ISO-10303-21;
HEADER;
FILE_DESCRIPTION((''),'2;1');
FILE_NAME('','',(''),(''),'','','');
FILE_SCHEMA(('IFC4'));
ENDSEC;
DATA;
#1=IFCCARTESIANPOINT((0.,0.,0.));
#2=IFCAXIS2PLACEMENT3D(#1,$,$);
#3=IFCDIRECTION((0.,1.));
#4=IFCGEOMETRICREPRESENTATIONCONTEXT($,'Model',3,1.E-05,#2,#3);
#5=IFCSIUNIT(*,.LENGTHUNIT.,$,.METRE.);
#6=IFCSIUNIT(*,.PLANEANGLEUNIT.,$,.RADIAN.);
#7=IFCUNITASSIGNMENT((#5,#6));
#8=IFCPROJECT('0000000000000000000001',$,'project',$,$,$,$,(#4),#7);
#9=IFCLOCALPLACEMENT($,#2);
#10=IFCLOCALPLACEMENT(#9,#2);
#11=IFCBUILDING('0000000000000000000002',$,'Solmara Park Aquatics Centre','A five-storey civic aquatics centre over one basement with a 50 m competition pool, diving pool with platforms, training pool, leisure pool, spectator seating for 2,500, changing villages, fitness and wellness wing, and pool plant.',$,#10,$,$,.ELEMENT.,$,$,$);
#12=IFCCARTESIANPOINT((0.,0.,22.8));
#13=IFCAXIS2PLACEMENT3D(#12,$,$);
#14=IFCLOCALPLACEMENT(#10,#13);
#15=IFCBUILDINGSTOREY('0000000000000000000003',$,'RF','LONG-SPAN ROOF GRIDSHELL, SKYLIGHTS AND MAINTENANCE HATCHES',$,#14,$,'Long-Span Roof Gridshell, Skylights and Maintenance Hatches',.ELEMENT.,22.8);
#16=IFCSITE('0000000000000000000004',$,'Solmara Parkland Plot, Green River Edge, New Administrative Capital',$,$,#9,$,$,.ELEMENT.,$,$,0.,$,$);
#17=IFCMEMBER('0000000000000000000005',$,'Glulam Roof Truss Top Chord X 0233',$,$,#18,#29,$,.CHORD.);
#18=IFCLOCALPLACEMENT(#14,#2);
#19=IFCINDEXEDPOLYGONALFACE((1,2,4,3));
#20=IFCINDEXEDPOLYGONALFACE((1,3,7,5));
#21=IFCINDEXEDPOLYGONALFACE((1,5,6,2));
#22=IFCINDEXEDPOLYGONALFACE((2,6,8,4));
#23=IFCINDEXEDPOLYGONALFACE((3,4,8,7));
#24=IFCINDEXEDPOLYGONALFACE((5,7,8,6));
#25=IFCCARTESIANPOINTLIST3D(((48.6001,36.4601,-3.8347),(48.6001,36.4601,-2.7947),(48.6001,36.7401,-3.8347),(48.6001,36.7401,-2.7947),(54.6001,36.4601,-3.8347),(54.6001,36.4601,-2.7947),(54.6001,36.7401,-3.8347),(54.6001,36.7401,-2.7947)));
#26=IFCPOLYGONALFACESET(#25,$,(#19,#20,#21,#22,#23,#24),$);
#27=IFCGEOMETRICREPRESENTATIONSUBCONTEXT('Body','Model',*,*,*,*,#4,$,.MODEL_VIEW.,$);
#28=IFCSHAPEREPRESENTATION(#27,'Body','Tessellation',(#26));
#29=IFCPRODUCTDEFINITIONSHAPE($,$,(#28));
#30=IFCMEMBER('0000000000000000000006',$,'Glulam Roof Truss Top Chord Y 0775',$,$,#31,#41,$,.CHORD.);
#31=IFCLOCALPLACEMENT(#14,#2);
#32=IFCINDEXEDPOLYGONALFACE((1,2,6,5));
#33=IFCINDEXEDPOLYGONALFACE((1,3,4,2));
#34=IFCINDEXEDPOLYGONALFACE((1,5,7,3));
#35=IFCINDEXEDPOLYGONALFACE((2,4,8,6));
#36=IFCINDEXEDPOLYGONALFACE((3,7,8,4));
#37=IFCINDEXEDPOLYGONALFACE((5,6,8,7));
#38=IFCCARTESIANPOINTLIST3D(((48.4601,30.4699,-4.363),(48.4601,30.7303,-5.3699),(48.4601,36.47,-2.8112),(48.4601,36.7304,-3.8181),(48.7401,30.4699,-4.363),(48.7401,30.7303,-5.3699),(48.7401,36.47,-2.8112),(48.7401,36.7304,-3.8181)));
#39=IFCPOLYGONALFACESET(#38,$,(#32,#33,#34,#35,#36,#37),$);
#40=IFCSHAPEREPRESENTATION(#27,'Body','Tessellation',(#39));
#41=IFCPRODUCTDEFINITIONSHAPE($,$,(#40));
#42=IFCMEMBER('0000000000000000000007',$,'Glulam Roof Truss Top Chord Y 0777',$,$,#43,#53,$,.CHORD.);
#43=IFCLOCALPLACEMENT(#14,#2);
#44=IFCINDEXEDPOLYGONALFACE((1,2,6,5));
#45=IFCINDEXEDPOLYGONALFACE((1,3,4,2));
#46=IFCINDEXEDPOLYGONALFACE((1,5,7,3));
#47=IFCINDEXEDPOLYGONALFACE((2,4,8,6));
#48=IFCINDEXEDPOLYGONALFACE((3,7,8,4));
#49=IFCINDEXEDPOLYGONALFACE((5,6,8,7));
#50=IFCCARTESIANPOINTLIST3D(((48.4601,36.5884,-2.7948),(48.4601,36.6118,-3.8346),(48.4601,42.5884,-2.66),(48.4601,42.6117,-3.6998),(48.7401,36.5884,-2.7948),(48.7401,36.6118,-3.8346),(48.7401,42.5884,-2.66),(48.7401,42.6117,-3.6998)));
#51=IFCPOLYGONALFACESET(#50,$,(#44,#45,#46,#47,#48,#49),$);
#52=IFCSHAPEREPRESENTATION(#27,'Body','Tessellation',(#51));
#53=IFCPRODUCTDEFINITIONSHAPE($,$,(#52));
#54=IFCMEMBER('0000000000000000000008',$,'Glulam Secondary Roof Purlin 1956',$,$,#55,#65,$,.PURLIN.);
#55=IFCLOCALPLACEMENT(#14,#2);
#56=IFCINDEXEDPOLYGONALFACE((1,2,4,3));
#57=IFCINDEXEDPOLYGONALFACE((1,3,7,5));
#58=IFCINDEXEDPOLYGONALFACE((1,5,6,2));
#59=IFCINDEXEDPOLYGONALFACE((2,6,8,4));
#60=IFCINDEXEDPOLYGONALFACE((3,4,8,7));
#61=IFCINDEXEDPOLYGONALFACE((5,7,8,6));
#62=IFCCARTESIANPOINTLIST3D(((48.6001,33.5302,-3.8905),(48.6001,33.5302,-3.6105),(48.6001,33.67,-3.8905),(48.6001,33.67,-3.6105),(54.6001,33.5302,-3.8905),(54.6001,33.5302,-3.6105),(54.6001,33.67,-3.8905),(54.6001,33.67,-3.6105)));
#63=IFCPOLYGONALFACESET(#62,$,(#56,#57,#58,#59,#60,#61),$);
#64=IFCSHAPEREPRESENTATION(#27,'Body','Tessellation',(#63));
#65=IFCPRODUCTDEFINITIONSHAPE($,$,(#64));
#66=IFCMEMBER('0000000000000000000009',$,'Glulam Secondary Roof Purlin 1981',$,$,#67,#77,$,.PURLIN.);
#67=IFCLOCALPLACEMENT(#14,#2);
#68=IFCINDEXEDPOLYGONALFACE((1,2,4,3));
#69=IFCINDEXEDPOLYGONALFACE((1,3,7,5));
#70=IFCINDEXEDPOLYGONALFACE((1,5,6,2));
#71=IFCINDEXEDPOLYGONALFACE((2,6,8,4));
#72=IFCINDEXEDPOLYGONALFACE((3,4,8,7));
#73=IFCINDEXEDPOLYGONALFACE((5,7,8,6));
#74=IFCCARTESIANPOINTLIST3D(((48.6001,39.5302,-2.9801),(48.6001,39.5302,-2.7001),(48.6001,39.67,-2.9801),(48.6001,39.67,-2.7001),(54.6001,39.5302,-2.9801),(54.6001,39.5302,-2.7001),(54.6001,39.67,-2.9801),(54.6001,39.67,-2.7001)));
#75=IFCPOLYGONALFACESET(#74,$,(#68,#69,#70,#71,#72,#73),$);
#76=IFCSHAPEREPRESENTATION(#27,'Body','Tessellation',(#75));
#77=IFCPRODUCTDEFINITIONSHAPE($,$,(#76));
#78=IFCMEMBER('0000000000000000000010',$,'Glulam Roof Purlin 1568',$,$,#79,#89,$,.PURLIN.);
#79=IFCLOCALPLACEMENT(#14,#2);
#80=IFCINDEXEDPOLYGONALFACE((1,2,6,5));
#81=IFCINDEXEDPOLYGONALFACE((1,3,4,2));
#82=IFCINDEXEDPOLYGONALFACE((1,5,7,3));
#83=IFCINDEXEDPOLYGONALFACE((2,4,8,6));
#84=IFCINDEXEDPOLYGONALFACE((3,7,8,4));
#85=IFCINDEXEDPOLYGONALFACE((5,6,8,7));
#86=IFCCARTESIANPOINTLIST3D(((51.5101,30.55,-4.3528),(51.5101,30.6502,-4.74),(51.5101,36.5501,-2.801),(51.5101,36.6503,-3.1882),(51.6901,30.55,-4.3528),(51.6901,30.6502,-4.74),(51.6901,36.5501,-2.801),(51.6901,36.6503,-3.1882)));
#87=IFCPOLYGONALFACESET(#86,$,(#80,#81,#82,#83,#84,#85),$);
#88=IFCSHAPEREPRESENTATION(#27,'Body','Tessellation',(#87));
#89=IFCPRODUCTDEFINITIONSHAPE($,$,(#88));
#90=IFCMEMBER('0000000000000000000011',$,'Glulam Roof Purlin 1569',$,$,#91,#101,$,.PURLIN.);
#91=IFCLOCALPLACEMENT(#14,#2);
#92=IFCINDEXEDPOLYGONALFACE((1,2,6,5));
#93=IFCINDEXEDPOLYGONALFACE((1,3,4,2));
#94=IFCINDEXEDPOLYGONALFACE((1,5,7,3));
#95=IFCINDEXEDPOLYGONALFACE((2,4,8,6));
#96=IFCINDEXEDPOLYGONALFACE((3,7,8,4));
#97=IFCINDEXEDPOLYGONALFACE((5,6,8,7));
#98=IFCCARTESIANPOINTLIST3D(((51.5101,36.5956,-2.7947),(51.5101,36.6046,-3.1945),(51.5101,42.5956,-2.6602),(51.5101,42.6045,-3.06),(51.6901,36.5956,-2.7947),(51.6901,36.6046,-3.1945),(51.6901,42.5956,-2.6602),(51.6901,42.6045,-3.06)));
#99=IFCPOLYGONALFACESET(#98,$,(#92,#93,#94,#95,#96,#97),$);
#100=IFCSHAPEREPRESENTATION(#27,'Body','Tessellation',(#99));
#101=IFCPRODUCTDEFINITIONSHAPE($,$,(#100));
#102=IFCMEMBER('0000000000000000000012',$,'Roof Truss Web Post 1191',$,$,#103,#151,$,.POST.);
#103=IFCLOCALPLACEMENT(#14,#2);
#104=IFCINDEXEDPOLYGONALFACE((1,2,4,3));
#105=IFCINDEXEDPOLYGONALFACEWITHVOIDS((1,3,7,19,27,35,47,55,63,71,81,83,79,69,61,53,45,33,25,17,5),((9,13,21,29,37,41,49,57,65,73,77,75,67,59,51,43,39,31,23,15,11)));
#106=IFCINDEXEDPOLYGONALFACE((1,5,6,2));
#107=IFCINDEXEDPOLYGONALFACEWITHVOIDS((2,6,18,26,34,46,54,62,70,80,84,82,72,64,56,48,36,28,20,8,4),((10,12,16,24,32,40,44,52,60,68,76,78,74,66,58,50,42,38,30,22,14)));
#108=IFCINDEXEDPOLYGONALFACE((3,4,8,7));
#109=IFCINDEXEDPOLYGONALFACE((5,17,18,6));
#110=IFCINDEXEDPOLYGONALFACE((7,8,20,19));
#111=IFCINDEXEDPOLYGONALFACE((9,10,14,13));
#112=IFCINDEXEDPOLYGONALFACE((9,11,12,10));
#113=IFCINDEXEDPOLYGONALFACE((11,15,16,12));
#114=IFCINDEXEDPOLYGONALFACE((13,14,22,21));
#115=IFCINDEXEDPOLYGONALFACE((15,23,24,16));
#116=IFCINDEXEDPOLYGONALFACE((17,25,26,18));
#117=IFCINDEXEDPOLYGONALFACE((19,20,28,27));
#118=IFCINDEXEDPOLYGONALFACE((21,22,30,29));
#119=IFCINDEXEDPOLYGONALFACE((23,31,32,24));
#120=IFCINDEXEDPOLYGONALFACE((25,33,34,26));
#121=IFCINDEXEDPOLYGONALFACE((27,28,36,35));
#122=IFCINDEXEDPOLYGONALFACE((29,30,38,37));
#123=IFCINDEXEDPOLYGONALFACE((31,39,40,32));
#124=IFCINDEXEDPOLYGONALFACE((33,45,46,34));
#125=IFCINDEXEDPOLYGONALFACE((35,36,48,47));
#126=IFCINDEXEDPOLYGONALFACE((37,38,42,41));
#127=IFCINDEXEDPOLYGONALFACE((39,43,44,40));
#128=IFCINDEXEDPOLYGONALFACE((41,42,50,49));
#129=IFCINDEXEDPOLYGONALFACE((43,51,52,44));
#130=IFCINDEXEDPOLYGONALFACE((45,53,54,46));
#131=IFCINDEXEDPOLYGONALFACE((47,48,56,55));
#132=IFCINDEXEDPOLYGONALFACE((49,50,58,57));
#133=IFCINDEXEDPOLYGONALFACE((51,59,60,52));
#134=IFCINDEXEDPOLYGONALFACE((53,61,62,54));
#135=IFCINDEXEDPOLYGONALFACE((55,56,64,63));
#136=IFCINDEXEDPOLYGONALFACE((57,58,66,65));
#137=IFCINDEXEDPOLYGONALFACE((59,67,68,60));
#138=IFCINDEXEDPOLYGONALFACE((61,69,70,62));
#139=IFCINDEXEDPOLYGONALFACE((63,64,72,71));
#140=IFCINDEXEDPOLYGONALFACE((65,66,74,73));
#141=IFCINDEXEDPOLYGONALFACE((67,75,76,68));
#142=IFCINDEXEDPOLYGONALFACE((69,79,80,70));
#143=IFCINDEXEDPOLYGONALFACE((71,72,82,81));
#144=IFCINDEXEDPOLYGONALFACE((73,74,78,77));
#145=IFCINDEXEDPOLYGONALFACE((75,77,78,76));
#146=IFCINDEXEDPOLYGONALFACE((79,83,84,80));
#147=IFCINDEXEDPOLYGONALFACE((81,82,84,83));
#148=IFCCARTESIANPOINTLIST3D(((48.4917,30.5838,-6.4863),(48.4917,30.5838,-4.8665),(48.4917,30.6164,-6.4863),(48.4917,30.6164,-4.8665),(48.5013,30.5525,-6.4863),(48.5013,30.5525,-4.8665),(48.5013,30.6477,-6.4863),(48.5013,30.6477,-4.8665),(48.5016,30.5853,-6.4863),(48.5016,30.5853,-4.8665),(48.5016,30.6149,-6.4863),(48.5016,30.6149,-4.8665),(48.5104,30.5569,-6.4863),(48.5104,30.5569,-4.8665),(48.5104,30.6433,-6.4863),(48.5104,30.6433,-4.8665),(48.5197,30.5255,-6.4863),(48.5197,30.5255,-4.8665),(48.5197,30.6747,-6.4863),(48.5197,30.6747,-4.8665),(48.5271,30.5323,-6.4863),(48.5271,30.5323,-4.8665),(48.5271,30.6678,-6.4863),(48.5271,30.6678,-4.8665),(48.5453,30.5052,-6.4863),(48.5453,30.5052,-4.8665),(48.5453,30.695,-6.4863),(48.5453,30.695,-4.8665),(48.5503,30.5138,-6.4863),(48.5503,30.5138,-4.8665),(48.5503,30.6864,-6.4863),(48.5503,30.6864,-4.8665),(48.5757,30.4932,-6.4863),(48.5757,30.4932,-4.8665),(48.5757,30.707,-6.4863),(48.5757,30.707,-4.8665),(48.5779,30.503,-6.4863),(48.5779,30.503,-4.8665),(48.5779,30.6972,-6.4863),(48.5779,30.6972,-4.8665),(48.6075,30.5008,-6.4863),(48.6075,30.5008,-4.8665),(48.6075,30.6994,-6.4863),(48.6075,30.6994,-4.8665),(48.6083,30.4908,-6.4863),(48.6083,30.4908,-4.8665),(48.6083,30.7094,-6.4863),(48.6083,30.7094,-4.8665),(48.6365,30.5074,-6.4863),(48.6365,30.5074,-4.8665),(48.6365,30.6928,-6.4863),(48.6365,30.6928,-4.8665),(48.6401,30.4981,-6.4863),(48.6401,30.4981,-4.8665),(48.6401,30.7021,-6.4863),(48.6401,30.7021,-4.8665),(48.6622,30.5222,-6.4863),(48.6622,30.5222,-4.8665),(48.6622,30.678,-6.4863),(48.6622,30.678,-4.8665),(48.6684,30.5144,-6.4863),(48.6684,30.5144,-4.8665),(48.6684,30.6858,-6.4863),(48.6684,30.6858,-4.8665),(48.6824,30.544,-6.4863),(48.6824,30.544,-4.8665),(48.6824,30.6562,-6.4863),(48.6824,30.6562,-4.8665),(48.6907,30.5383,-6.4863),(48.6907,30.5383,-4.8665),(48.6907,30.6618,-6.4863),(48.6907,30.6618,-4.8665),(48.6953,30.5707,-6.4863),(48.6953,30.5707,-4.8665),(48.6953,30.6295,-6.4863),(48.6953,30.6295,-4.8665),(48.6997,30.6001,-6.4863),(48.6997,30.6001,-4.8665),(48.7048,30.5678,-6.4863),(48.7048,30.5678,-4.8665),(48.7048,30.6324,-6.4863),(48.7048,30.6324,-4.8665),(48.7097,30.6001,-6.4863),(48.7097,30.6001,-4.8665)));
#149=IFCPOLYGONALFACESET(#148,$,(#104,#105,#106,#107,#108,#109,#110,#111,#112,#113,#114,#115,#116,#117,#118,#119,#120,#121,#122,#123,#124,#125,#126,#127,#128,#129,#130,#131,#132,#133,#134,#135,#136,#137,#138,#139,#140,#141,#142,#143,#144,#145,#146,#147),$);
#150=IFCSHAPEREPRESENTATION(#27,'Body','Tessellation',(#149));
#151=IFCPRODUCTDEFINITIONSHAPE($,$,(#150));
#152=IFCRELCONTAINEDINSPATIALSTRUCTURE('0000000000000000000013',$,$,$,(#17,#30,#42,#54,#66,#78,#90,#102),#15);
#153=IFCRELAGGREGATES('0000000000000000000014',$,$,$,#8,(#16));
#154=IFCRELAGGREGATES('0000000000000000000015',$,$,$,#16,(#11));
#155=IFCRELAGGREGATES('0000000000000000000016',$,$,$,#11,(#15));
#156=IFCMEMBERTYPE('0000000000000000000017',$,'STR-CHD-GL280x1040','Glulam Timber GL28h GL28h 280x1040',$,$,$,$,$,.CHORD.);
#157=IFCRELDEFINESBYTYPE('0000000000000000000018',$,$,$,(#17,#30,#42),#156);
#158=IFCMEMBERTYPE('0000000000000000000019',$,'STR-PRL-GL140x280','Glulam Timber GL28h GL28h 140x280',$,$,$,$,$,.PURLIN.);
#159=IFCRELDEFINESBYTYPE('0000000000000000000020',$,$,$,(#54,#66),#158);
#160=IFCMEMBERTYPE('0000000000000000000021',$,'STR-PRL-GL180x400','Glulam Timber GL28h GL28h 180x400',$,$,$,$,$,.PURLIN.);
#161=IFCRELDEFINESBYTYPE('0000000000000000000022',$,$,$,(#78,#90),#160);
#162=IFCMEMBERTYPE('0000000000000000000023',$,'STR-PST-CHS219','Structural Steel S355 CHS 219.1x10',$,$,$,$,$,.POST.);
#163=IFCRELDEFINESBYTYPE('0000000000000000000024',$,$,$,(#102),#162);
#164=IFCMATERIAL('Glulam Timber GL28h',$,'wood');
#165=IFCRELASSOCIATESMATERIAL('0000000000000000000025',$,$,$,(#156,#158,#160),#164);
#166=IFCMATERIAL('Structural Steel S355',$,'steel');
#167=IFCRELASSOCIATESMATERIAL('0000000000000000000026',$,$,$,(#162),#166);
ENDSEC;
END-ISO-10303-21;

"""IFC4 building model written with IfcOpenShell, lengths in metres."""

from ifc_helpers import new_model, si_unit, direction, frame, origin, origin_2d, place, context, subcontext, project, spatial, rectangle, hollow_circle, extrude, material, material_profile, profile_set, type_object, element, save


model = new_model("IFC4")

# Units and contexts
model_context = context("Model", 3, precision=1e-05, world=origin(), true_north=direction((0.0, 1.0)))
body_context = subcontext(model_context, "Body", "Model", "MODEL_VIEW")
ifc_project = project(units=[si_unit("LENGTHUNIT", "METRE"), si_unit("PLANEANGLEUNIT", "RADIAN")], contexts=[model_context])

# Site, building, storey
site_placement = place(None, origin())
site = spatial("IfcSite", under=ifc_project, at=site_placement, Name="Solmara Parkland Plot, Green River Edge, New Administrative Capital", CompositionType="ELEMENT", RefElevation=0.0)
building_placement = place(site_placement, origin())
building = spatial("IfcBuilding", under=site, at=building_placement, Name="Solmara Park Aquatics Centre", Description="A five-storey civic aquatics centre over one basement with a 50 m competition pool, diving pool with platforms, training pool, leisure pool, spectator seating for 2,500, changing villages, fitness and wellness wing, and pool plant.", CompositionType="ELEMENT")
storey_placement = place(building_placement, frame((0.0, 0.0, 22.8)))
storey = spatial("IfcBuildingStorey", under=building, at=storey_placement, Name="RF", Description="LONG-SPAN ROOF GRIDSHELL, SKYLIGHTS AND MAINTENANCE HATCHES", LongName="Long-Span Roof Gridshell, Skylights and Maintenance Hatches", CompositionType="ELEMENT", Elevation=22.8)

# Members
ifc_material_1 = material(Name="Structural Steel S355", Category="steel")
ifc_material_2 = material(Name="Glulam Timber GL28h", Category="wood")
ifc_material_profile_1 = material_profile(ifc_material_2, rectangle(XDim=0.28, YDim=1.04, at=origin_2d()), Name="GL28h 280x1040")
ifc_profile_set_1 = profile_set([ifc_material_profile_1], Name="Glulam Timber GL28h")
member_type_1 = type_object("IfcMemberType", Name="STR-CHD-GL280x1040", Description="Glulam Timber GL28h GL28h 280x1040", PredefinedType="CHORD", material=ifc_profile_set_1)
member_1_placement = place(storey_placement, frame((48.6001, 36.6001, -3.3147), z_axis=(1.0, 0.0, 0.0), x_axis=(0.0, 1.0, 0.0)))
element("IfcMember", 1, at=member_1_placement, inside=storey, type_object=member_type_1, Name="Glulam Roof Truss Top Chord X 0233", PredefinedType="CHORD", context=body_context, shape_type="SweptSolid", body=[
    extrude(rectangle(XDim=0.28, YDim=1.04, at=origin_2d()), origin(), (0.0, 0.0, 1.0), 6.0),
])
member_2_placement = place(storey_placement, frame((48.6001, 30.6001, -4.8665), z_axis=(0.0, 0.968146, 0.250388), x_axis=(-1.0, 0.0, 0.0)))
element("IfcMember", 2, at=member_2_placement, inside=storey, type_object=member_type_1, Name="Glulam Roof Truss Top Chord Y 0775", PredefinedType="CHORD", context=body_context, shape_type="SweptSolid", body=[
    extrude(rectangle(XDim=0.28, YDim=1.04, at=origin_2d()), origin(), (0.0, 0.0, 1.0), 6.1975),
])
member_3_placement = place(storey_placement, frame((48.6001, 36.6001, -3.3147), z_axis=(0.0, 0.999748, 0.022455), x_axis=(-1.0, 0.0, 0.0)))
element("IfcMember", 3, at=member_3_placement, inside=storey, type_object=member_type_1, Name="Glulam Roof Truss Top Chord Y 0777", PredefinedType="CHORD", context=body_context, shape_type="SweptSolid", body=[
    extrude(rectangle(XDim=0.28, YDim=1.04, at=origin_2d()), origin(), (0.0, 0.0, 1.0), 6.0015),
])
ifc_material_profile_2 = material_profile(ifc_material_2, rectangle(XDim=0.1399, YDim=0.28, at=origin_2d()), Name="GL28h 140x280")
ifc_profile_set_2 = profile_set([ifc_material_profile_2], Name="Glulam Timber GL28h")
member_type_2 = type_object("IfcMemberType", Name="STR-PRL-GL140x280", Description="Glulam Timber GL28h GL28h 140x280", PredefinedType="PURLIN", material=ifc_profile_set_2)
for number, where, z_axis, x_axis, name in (
    (4, (48.6001, 33.6001, -3.7505), (1.0, 0.0, 0.0), (0.0, 1.0, 0.0), "Glulam Secondary Roof Purlin 1956"),
    (5, (48.6001, 39.6001, -2.8401), (1.0, 0.0, 0.0), (0.0, 1.0, 0.0), "Glulam Secondary Roof Purlin 1981"),
):
    element("IfcMember", number, at=place(storey_placement, frame(where, z_axis=z_axis, x_axis=x_axis)), inside=storey, type_object=member_type_2, Name=name, PredefinedType="PURLIN", context=body_context, shape_type="SweptSolid", body=[
        extrude(rectangle(XDim=0.1399, YDim=0.28, at=origin_2d()), origin(), (0.0, 0.0, 1.0), 6.0),
    ])
ifc_material_profile_3 = material_profile(ifc_material_2, rectangle(XDim=0.1799, YDim=0.3999, at=origin_2d()), Name="GL28h 180x400")
ifc_profile_set_3 = profile_set([ifc_material_profile_3], Name="Glulam Timber GL28h")
member_type_3 = type_object("IfcMemberType", Name="STR-PRL-GL180x400", Description="Glulam Timber GL28h GL28h 180x400", PredefinedType="PURLIN", material=ifc_profile_set_3)
member_4_placement = place(storey_placement, frame((51.6001, 30.6001, -4.5464), z_axis=(0.0, 0.968146, 0.250388), x_axis=(-1.0, 0.0, 0.0)))
element("IfcMember", 6, at=member_4_placement, inside=storey, type_object=member_type_3, Name="Glulam Roof Purlin 1568", PredefinedType="PURLIN", context=body_context, shape_type="SweptSolid", body=[
    extrude(rectangle(XDim=0.1799, YDim=0.3999, at=origin_2d()), origin(), (0.0, 0.0, 1.0), 6.1975),
])
member_5_placement = place(storey_placement, frame((51.6001, 36.6001, -2.9946), z_axis=(0.0, 0.999749, 0.022415), x_axis=(-1.0, 0.0, 0.0)))
element("IfcMember", 7, at=member_5_placement, inside=storey, type_object=member_type_3, Name="Glulam Roof Purlin 1569", PredefinedType="PURLIN", context=body_context, shape_type="SweptSolid", body=[
    extrude(rectangle(XDim=0.1799, YDim=0.3999, at=origin_2d()), origin(), (0.0, 0.0, 1.0), 6.0015),
])
ifc_material_profile_4 = material_profile(ifc_material_1, hollow_circle(Radius=0.1096, WallThickness=0.01, at=origin_2d()), Name="CHS 219.1x10")
ifc_profile_set_4 = profile_set([ifc_material_profile_4], Name="Structural Steel S355")
member_type_4 = type_object("IfcMemberType", Name="STR-PST-CHS219", Description="Structural Steel S355 CHS 219.1x10", PredefinedType="POST", material=ifc_profile_set_4)
for number, where, z_axis, x_axis, name in (
    (8, (48.6001, 30.6001, -6.4863), (0.0, 0.0, 1.0), (1.0, 0.0, 0.0), "Roof Truss Web Post 1191"),
):
    element("IfcMember", number, at=place(storey_placement, frame(where, z_axis=z_axis, x_axis=x_axis)), inside=storey, type_object=member_type_4, Name=name, PredefinedType="POST", context=body_context, shape_type="SweptSolid", body=[
        extrude(hollow_circle(Radius=0.1096, WallThickness=0.01, at=origin_2d()), origin(), (0.0, 0.0, 1.0), 1.6199),
    ])

save(model, "model.ifc")
